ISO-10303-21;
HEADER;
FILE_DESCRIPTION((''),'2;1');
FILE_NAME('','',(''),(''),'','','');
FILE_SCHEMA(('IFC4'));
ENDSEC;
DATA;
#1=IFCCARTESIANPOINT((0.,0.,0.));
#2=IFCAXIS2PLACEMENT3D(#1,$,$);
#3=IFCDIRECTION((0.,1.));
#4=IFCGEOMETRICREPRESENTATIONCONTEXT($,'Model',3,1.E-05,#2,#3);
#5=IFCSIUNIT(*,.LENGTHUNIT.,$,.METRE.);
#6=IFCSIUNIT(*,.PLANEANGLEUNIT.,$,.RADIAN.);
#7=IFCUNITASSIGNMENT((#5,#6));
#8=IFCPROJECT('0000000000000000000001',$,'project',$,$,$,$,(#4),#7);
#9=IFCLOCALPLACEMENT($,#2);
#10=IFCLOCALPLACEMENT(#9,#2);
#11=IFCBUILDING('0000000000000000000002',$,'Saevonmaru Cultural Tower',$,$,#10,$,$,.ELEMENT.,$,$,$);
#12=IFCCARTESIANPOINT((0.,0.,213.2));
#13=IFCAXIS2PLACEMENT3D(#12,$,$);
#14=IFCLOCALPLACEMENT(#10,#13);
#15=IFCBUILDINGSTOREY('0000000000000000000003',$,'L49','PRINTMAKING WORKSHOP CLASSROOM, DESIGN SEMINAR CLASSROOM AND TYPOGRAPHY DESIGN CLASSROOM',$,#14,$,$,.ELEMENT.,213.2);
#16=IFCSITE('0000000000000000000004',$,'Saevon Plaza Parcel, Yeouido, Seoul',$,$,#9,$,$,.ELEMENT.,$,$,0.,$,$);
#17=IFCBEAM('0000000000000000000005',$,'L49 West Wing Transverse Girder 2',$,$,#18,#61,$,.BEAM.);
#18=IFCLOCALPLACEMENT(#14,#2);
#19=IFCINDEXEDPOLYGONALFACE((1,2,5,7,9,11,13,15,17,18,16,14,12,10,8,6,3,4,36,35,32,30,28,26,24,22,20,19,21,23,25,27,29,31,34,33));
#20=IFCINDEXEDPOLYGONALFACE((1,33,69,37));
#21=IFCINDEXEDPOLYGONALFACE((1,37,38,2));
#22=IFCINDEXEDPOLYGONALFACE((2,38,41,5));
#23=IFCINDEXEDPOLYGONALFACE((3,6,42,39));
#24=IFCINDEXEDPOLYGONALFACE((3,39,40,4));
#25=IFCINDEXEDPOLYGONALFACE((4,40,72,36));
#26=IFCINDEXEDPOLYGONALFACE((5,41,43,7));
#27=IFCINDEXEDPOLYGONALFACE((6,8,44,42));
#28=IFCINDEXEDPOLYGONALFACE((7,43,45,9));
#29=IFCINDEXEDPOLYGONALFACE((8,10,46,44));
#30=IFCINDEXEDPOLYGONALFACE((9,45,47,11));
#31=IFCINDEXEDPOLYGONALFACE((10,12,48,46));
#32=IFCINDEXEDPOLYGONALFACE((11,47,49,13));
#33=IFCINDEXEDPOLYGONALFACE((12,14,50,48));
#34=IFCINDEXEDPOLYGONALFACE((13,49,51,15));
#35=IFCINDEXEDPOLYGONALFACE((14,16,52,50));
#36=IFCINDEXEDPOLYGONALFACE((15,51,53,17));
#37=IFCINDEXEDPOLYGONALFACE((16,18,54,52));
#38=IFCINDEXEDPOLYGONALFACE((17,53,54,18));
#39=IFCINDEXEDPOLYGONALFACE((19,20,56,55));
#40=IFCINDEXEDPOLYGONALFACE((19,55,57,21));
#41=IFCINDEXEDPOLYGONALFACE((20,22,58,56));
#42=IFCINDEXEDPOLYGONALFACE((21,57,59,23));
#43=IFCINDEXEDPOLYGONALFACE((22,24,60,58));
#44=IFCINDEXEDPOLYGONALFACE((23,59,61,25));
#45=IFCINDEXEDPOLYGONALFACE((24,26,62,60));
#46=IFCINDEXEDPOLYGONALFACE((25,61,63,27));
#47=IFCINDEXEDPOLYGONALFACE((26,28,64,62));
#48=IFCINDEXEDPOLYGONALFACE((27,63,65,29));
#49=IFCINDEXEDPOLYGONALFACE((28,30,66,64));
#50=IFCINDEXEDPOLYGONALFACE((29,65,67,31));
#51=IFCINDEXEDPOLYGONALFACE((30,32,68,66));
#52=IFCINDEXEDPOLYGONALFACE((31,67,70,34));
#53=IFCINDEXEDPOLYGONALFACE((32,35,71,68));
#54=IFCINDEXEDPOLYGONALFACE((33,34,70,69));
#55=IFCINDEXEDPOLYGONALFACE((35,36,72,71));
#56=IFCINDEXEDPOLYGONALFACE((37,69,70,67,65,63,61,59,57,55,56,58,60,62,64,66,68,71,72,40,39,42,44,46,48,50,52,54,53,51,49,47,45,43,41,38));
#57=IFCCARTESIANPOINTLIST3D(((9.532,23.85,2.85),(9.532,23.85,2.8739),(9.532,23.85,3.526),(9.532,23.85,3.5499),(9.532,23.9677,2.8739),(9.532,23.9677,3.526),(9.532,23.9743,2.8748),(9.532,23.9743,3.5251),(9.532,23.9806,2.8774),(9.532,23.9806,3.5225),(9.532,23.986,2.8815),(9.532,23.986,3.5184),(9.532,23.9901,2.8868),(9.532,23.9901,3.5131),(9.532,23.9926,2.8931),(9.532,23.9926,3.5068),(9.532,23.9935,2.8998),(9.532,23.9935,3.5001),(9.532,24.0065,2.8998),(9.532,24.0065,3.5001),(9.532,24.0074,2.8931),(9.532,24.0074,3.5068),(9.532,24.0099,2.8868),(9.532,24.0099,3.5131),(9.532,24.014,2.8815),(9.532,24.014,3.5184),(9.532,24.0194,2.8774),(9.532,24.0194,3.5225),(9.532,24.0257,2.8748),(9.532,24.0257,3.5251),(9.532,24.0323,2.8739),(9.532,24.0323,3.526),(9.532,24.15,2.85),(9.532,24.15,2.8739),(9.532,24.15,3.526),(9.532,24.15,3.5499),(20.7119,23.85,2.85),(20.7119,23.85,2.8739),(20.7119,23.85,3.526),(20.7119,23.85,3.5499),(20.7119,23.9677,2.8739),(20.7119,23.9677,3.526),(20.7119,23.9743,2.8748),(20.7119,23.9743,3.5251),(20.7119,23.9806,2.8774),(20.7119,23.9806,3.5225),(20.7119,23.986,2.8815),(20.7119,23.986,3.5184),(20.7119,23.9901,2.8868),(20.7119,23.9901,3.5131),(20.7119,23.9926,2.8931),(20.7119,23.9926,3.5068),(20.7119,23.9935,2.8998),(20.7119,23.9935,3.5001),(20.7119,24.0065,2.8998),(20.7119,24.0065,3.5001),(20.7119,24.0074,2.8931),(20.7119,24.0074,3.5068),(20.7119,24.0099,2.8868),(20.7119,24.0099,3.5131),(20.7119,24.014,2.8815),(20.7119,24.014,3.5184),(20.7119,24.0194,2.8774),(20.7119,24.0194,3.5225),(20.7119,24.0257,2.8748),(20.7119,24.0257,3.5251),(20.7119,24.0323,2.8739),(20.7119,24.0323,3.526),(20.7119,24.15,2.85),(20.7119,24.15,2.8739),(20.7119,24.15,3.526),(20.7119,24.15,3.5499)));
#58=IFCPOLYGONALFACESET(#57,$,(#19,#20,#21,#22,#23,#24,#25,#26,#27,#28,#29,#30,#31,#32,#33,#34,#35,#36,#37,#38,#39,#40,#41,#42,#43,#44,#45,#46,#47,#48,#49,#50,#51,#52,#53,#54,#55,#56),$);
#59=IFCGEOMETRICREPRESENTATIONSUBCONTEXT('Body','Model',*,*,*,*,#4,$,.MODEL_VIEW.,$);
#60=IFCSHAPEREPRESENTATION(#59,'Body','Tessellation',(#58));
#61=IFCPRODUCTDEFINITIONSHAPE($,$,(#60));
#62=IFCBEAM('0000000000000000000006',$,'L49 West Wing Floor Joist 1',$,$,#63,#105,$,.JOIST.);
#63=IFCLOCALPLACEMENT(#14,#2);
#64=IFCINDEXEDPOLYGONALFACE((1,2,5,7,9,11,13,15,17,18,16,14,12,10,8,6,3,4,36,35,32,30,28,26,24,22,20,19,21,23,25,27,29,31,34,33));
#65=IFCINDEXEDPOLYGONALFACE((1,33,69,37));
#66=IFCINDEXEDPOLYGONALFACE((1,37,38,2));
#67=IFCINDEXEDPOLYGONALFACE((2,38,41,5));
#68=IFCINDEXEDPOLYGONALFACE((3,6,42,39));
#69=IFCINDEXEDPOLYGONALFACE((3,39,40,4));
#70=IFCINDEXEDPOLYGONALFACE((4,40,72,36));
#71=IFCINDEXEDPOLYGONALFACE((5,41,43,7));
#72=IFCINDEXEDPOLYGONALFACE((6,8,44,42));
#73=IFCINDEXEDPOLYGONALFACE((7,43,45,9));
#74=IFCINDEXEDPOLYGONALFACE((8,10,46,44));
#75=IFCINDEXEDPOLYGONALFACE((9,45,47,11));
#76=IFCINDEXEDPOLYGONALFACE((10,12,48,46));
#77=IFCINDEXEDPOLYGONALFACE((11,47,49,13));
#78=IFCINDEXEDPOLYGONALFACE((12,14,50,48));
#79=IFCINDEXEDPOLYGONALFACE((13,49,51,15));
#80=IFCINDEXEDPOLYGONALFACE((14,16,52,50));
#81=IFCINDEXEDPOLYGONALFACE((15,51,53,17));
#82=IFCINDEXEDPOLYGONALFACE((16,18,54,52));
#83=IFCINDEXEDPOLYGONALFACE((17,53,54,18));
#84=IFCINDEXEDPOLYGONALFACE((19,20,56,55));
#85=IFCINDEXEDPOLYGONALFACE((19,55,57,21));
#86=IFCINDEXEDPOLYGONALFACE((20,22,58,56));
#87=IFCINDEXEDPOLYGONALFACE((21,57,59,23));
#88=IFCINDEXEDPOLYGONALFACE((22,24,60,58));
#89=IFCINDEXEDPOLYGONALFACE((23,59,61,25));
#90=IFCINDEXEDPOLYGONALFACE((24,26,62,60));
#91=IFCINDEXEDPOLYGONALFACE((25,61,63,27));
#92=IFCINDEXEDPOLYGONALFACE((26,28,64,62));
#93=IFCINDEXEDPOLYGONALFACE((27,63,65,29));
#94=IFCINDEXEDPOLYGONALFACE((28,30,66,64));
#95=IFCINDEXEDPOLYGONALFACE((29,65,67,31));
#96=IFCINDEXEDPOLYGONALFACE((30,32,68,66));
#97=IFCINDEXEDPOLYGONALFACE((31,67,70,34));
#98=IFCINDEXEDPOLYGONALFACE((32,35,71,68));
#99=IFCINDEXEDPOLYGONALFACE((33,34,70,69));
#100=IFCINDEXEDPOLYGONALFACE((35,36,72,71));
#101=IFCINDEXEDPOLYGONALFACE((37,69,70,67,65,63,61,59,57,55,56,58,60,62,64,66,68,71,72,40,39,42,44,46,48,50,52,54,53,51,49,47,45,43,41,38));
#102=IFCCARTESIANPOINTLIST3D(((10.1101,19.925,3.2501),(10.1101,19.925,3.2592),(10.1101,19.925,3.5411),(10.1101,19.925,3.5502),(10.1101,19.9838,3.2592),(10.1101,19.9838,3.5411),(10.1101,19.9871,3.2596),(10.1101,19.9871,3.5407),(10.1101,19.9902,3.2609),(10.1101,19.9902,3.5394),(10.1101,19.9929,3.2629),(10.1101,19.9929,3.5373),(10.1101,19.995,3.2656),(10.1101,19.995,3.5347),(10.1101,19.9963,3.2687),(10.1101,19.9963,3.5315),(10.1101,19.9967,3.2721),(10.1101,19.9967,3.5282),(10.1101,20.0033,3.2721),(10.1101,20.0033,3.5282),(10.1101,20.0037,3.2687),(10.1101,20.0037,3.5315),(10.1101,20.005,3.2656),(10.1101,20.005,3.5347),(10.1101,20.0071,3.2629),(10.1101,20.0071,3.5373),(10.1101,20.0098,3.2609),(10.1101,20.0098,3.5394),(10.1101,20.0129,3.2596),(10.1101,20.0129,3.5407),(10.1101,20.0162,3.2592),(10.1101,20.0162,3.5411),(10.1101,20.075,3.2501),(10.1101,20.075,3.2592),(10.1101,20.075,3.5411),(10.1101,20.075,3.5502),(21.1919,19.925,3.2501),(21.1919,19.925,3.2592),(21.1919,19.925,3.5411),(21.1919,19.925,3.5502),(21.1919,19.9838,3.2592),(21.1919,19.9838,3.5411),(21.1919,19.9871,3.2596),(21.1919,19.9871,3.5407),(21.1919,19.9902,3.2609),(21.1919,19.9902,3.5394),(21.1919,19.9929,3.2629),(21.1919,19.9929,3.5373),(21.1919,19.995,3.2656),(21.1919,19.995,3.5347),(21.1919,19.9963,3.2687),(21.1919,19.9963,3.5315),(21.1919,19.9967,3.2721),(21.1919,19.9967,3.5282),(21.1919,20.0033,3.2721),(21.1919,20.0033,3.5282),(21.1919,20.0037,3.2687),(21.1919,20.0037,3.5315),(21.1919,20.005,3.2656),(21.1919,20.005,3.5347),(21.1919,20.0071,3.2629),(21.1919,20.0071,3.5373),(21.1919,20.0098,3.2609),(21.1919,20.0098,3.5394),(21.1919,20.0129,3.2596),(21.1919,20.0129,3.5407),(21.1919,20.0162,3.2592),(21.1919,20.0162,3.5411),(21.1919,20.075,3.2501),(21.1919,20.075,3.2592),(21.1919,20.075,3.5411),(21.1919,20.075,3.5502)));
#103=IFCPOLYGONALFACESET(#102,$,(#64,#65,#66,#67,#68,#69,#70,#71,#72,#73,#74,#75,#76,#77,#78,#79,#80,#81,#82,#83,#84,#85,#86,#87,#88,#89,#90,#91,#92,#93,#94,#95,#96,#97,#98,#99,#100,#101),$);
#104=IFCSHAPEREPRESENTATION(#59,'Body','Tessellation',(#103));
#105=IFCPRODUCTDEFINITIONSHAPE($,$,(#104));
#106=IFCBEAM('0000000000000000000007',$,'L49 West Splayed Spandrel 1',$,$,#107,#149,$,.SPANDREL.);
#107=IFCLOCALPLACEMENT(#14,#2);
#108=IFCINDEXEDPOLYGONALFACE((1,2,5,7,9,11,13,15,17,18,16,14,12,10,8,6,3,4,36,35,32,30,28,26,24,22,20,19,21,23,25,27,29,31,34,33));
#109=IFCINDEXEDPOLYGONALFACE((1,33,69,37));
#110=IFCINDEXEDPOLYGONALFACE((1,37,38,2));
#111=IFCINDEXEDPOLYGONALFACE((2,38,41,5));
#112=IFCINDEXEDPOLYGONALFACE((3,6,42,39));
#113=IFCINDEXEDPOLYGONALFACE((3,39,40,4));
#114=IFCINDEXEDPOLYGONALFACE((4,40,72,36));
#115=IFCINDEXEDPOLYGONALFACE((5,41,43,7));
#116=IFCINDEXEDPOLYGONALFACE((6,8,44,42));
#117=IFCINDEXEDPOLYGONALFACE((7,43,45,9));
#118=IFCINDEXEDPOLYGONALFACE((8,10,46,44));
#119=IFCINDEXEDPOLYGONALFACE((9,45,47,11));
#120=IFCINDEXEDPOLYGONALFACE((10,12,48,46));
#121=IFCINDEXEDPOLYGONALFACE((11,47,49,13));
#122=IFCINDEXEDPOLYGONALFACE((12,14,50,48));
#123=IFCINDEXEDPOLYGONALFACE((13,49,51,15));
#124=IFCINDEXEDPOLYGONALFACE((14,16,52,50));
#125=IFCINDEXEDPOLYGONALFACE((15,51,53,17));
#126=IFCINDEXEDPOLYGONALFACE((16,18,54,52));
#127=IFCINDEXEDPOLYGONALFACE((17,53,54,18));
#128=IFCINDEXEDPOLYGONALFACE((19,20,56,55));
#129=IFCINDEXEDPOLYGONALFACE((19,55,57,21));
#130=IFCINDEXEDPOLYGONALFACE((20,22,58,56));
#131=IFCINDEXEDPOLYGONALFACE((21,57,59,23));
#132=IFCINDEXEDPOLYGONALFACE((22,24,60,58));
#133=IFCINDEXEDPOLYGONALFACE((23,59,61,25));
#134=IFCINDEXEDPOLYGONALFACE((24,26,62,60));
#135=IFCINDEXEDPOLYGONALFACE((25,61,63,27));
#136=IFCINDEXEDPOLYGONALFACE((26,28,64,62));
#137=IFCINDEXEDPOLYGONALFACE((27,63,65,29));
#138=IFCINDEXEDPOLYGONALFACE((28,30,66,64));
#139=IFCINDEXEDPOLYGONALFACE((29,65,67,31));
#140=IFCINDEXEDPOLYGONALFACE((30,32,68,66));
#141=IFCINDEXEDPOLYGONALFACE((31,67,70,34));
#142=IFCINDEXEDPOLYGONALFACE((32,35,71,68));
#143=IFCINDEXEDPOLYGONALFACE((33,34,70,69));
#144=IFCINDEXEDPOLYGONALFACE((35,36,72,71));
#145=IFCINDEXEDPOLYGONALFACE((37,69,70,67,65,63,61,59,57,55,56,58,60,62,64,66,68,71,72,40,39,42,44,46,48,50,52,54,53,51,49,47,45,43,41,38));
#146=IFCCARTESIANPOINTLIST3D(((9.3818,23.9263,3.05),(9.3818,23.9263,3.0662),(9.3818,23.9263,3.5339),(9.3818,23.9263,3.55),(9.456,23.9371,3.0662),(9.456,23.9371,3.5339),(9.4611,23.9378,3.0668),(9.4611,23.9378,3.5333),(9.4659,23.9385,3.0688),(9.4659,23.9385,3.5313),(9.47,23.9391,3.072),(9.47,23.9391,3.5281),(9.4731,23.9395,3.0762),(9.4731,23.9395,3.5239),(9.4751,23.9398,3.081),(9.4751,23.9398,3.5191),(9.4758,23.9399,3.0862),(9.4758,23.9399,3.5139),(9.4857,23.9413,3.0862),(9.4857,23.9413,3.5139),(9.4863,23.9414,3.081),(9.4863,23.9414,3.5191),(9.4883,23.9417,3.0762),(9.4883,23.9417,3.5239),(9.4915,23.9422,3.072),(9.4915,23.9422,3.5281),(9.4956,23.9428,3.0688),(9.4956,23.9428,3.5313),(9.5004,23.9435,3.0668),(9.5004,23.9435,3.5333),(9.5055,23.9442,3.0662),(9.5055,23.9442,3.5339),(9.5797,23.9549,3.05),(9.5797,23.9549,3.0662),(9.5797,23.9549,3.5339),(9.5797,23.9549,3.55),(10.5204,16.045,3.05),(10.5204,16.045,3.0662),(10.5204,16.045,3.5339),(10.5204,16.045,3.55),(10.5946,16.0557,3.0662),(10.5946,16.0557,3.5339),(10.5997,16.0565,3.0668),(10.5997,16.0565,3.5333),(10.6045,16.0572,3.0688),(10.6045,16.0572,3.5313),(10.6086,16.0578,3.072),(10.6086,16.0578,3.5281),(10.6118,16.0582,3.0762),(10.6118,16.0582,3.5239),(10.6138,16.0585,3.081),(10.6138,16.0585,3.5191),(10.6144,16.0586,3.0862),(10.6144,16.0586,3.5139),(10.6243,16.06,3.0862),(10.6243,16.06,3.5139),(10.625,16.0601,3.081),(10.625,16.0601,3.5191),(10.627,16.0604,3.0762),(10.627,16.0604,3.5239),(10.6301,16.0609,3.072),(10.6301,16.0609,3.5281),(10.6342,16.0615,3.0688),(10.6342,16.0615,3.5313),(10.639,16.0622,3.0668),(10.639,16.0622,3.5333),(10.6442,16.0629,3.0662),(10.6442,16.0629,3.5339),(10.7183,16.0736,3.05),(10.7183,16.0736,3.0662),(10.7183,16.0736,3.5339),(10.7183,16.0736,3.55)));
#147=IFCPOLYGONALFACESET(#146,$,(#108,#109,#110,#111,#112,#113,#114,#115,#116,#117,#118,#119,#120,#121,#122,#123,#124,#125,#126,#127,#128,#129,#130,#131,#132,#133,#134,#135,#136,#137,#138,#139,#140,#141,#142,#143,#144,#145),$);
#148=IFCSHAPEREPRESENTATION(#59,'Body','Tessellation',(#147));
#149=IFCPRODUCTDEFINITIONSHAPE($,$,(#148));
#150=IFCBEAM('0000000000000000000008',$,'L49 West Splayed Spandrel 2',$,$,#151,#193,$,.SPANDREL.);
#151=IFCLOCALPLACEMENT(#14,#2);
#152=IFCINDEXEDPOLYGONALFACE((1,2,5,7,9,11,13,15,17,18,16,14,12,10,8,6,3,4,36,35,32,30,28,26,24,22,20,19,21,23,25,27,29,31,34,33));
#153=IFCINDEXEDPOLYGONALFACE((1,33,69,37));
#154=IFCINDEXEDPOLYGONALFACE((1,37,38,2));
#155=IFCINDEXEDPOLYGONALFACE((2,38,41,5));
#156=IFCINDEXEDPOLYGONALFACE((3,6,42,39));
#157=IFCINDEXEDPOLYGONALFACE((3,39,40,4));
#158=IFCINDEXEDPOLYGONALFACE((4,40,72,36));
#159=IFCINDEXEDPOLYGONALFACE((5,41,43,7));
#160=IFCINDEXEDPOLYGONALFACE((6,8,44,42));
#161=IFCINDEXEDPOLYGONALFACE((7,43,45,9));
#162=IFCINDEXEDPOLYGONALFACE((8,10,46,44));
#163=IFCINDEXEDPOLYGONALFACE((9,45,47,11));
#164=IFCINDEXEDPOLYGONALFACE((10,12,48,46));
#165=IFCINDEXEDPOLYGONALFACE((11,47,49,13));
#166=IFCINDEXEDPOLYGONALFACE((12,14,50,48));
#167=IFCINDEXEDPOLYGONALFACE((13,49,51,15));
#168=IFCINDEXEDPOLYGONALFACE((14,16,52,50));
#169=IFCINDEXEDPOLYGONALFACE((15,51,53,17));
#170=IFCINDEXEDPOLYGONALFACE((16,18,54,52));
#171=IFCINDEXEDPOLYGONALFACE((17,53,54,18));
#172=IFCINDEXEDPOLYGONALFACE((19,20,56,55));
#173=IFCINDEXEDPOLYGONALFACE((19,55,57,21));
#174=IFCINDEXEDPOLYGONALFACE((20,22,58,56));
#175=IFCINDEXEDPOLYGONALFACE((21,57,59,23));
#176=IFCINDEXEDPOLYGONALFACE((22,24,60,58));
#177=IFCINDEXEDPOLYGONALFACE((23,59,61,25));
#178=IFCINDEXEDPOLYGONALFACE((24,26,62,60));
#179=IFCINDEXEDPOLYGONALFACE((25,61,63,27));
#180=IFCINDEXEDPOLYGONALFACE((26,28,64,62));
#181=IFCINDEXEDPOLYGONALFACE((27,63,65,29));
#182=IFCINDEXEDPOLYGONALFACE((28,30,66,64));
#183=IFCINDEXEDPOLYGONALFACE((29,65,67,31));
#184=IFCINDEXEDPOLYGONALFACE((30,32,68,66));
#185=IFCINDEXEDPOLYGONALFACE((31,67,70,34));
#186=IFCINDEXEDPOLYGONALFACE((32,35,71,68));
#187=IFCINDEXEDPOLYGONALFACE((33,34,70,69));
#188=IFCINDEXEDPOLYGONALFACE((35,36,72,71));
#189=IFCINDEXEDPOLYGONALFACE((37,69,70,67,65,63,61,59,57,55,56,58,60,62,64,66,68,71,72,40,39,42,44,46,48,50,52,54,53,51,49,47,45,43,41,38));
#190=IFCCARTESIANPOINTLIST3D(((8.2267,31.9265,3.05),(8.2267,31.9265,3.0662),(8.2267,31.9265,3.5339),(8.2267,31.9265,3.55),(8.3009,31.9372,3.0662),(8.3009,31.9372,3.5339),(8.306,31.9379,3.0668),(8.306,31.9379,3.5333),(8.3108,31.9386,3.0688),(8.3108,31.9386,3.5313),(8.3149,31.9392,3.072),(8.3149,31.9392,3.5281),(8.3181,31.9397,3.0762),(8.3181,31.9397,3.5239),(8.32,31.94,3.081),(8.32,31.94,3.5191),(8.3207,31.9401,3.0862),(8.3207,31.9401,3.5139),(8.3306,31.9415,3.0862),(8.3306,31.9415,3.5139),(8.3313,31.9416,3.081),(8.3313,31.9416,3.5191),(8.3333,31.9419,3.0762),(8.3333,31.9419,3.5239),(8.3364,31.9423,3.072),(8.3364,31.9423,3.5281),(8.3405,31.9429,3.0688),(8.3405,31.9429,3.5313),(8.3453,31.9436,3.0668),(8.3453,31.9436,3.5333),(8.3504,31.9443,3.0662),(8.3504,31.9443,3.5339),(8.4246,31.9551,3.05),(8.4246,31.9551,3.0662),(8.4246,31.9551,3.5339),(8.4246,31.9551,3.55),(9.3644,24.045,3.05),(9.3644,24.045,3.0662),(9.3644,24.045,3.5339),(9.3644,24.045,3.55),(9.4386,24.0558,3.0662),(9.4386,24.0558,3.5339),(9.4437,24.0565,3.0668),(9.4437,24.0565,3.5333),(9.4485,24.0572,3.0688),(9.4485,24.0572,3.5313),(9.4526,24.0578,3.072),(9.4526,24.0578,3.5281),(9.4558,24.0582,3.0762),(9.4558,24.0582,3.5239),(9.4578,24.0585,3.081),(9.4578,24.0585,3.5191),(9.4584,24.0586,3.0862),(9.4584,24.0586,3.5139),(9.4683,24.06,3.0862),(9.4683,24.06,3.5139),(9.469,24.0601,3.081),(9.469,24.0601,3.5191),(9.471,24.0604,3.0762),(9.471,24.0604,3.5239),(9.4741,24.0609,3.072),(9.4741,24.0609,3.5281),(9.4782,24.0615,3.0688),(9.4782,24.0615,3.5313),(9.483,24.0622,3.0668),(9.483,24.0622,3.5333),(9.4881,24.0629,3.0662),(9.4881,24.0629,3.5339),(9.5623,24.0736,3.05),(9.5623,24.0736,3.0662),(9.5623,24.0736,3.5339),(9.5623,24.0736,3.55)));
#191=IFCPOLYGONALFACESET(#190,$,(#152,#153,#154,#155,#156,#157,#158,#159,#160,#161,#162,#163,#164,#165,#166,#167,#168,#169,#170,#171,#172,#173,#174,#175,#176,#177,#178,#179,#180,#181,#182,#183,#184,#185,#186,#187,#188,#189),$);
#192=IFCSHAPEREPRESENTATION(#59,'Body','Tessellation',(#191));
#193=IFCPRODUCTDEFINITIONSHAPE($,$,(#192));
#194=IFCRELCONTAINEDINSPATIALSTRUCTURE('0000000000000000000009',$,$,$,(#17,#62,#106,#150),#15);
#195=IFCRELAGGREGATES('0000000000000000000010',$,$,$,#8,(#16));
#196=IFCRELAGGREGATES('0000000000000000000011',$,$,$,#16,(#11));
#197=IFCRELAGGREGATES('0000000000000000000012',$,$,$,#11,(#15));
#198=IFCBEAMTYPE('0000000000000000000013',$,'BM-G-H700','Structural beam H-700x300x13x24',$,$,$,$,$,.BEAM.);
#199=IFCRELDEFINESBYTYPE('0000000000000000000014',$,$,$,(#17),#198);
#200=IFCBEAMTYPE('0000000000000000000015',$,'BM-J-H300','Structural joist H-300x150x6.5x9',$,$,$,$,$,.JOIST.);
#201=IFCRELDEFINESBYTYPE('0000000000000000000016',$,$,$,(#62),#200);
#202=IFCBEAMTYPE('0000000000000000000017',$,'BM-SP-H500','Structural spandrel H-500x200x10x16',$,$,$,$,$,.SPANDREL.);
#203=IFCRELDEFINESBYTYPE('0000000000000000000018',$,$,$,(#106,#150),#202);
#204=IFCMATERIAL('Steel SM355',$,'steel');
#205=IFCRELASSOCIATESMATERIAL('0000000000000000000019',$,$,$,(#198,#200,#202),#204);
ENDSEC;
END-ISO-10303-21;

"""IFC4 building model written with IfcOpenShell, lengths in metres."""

from ifc_helpers import new_model, si_unit, direction, frame, origin, origin_2d, place, context, subcontext, project, spatial, i_section, extrude, material, material_profile, profile_set, type_object, element, save


model = new_model("IFC4")

# Units and contexts
model_context = context("Model", 3, precision=1e-05, world=origin(), true_north=direction((0.0, 1.0)))
body_context = subcontext(model_context, "Body", "Model", "MODEL_VIEW")
ifc_project = project(units=[si_unit("LENGTHUNIT", "METRE"), si_unit("PLANEANGLEUNIT", "RADIAN")], contexts=[model_context])

# Site, building, storey
site_placement = place(None, origin())
site = spatial("IfcSite", under=ifc_project, at=site_placement, Name="Saevon Plaza Parcel, Yeouido, Seoul", CompositionType="ELEMENT", RefElevation=0.0)
building_placement = place(site_placement, origin())
building = spatial("IfcBuilding", under=site, at=building_placement, Name="Saevonmaru Cultural Tower", CompositionType="ELEMENT")
storey_placement = place(building_placement, frame((0.0, 0.0, 213.2)))
storey = spatial("IfcBuildingStorey", under=building, at=storey_placement, Name="L49", Description="PRINTMAKING WORKSHOP CLASSROOM, DESIGN SEMINAR CLASSROOM AND TYPOGRAPHY DESIGN CLASSROOM", CompositionType="ELEMENT", Elevation=213.2)

# Shared definitions
ifc_material_1 = material(Name="Steel SM355", Category="steel")

# Beams
ifc_material_profile_1 = material_profile(ifc_material_1, i_section(OverallWidth=0.3, OverallDepth=0.7, WebThickness=0.0129, FlangeThickness=0.0239, FilletRadius=0.0259, at=origin_2d()), Name="H-700x300x13x24")
ifc_profile_set_1 = profile_set([ifc_material_profile_1], Name="Steel SM355")
beam_type_1 = type_object("IfcBeamType", Name="BM-G-H700", Description="Structural beam H-700x300x13x24", PredefinedType="BEAM", material=ifc_profile_set_1)
for number, where, z_axis, x_axis, name in (
    (1, (9.532, 24.0, 3.2), (1.0, 0.0, 0.0), (0.0, 1.0, 0.0), "L49 West Wing Transverse Girder 2"),
):
    element("IfcBeam", number, at=place(storey_placement, frame(where, z_axis=z_axis, x_axis=x_axis)), inside=storey, type_object=beam_type_1, Name=name, PredefinedType="BEAM", context=body_context, shape_type="SweptSolid", body=[
        extrude(i_section(OverallWidth=0.3, OverallDepth=0.7, WebThickness=0.0129, FlangeThickness=0.0239, FilletRadius=0.0259, at=origin_2d()), origin(), (0.0, 0.0, 1.0), 11.1799),
    ])
ifc_material_profile_2 = material_profile(ifc_material_1, i_section(OverallWidth=0.1499, OverallDepth=0.3, WebThickness=0.0066, FlangeThickness=0.009, FilletRadius=0.0129, at=origin_2d()), Name="H-300x150x6.5x9")
ifc_profile_set_2 = profile_set([ifc_material_profile_2], Name="Steel SM355")
beam_type_2 = type_object("IfcBeamType", Name="BM-J-H300", Description="Structural joist H-300x150x6.5x9", PredefinedType="JOIST", material=ifc_profile_set_2)
beam_1_placement = place(storey_placement, frame((10.1101, 20.0, 3.4001), z_axis=(1.0, 0.0, 0.0), x_axis=(0.0, 1.0, 0.0)))
element("IfcBeam", 2, at=beam_1_placement, inside=storey, type_object=beam_type_2, Name="L49 West Wing Floor Joist 1", PredefinedType="JOIST", context=body_context, shape_type="SweptSolid", body=[
    extrude(i_section(OverallWidth=0.1499, OverallDepth=0.3, WebThickness=0.0066, FlangeThickness=0.009, FilletRadius=0.0129, at=origin_2d()), origin(), (0.0, 0.0, 1.0), 11.0818),
])
ifc_material_profile_3 = material_profile(ifc_material_1, i_section(OverallWidth=0.2, OverallDepth=0.5, WebThickness=0.01, FlangeThickness=0.0161, FilletRadius=0.02, at=origin_2d()), Name="H-500x200x10x16")
ifc_profile_set_3 = profile_set([ifc_material_profile_3], Name="Steel SM355")
beam_type_3 = type_object("IfcBeamType", Name="BM-SP-H500", Description="Structural spandrel H-500x200x10x16", PredefinedType="SPANDREL", material=ifc_profile_set_3)
for number, where, z_axis, x_axis, name in (
    (3, (10.6194, 16.0593, 3.3), (-0.142992, 0.989724, 0.0), (-0.989724, -0.142992, 0.0), "L49 West Splayed Spandrel 1"),
    (4, (9.4634, 24.0593, 3.3), (-0.142872, 0.989741, 0.0), (-0.989741, -0.142872, 0.0), "L49 West Splayed Spandrel 2"),
):
    element("IfcBeam", number, at=place(storey_placement, frame(where, z_axis=z_axis, x_axis=x_axis)), inside=storey, type_object=beam_type_3, Name=name, PredefinedType="SPANDREL", context=body_context, shape_type="SweptSolid", body=[
        extrude(i_section(OverallWidth=0.2, OverallDepth=0.5, WebThickness=0.01, FlangeThickness=0.0161, FilletRadius=0.02, at=origin_2d()), origin(), (0.0, 0.0, 1.0), 7.9631),
    ])

save(model, "model.ifc")
